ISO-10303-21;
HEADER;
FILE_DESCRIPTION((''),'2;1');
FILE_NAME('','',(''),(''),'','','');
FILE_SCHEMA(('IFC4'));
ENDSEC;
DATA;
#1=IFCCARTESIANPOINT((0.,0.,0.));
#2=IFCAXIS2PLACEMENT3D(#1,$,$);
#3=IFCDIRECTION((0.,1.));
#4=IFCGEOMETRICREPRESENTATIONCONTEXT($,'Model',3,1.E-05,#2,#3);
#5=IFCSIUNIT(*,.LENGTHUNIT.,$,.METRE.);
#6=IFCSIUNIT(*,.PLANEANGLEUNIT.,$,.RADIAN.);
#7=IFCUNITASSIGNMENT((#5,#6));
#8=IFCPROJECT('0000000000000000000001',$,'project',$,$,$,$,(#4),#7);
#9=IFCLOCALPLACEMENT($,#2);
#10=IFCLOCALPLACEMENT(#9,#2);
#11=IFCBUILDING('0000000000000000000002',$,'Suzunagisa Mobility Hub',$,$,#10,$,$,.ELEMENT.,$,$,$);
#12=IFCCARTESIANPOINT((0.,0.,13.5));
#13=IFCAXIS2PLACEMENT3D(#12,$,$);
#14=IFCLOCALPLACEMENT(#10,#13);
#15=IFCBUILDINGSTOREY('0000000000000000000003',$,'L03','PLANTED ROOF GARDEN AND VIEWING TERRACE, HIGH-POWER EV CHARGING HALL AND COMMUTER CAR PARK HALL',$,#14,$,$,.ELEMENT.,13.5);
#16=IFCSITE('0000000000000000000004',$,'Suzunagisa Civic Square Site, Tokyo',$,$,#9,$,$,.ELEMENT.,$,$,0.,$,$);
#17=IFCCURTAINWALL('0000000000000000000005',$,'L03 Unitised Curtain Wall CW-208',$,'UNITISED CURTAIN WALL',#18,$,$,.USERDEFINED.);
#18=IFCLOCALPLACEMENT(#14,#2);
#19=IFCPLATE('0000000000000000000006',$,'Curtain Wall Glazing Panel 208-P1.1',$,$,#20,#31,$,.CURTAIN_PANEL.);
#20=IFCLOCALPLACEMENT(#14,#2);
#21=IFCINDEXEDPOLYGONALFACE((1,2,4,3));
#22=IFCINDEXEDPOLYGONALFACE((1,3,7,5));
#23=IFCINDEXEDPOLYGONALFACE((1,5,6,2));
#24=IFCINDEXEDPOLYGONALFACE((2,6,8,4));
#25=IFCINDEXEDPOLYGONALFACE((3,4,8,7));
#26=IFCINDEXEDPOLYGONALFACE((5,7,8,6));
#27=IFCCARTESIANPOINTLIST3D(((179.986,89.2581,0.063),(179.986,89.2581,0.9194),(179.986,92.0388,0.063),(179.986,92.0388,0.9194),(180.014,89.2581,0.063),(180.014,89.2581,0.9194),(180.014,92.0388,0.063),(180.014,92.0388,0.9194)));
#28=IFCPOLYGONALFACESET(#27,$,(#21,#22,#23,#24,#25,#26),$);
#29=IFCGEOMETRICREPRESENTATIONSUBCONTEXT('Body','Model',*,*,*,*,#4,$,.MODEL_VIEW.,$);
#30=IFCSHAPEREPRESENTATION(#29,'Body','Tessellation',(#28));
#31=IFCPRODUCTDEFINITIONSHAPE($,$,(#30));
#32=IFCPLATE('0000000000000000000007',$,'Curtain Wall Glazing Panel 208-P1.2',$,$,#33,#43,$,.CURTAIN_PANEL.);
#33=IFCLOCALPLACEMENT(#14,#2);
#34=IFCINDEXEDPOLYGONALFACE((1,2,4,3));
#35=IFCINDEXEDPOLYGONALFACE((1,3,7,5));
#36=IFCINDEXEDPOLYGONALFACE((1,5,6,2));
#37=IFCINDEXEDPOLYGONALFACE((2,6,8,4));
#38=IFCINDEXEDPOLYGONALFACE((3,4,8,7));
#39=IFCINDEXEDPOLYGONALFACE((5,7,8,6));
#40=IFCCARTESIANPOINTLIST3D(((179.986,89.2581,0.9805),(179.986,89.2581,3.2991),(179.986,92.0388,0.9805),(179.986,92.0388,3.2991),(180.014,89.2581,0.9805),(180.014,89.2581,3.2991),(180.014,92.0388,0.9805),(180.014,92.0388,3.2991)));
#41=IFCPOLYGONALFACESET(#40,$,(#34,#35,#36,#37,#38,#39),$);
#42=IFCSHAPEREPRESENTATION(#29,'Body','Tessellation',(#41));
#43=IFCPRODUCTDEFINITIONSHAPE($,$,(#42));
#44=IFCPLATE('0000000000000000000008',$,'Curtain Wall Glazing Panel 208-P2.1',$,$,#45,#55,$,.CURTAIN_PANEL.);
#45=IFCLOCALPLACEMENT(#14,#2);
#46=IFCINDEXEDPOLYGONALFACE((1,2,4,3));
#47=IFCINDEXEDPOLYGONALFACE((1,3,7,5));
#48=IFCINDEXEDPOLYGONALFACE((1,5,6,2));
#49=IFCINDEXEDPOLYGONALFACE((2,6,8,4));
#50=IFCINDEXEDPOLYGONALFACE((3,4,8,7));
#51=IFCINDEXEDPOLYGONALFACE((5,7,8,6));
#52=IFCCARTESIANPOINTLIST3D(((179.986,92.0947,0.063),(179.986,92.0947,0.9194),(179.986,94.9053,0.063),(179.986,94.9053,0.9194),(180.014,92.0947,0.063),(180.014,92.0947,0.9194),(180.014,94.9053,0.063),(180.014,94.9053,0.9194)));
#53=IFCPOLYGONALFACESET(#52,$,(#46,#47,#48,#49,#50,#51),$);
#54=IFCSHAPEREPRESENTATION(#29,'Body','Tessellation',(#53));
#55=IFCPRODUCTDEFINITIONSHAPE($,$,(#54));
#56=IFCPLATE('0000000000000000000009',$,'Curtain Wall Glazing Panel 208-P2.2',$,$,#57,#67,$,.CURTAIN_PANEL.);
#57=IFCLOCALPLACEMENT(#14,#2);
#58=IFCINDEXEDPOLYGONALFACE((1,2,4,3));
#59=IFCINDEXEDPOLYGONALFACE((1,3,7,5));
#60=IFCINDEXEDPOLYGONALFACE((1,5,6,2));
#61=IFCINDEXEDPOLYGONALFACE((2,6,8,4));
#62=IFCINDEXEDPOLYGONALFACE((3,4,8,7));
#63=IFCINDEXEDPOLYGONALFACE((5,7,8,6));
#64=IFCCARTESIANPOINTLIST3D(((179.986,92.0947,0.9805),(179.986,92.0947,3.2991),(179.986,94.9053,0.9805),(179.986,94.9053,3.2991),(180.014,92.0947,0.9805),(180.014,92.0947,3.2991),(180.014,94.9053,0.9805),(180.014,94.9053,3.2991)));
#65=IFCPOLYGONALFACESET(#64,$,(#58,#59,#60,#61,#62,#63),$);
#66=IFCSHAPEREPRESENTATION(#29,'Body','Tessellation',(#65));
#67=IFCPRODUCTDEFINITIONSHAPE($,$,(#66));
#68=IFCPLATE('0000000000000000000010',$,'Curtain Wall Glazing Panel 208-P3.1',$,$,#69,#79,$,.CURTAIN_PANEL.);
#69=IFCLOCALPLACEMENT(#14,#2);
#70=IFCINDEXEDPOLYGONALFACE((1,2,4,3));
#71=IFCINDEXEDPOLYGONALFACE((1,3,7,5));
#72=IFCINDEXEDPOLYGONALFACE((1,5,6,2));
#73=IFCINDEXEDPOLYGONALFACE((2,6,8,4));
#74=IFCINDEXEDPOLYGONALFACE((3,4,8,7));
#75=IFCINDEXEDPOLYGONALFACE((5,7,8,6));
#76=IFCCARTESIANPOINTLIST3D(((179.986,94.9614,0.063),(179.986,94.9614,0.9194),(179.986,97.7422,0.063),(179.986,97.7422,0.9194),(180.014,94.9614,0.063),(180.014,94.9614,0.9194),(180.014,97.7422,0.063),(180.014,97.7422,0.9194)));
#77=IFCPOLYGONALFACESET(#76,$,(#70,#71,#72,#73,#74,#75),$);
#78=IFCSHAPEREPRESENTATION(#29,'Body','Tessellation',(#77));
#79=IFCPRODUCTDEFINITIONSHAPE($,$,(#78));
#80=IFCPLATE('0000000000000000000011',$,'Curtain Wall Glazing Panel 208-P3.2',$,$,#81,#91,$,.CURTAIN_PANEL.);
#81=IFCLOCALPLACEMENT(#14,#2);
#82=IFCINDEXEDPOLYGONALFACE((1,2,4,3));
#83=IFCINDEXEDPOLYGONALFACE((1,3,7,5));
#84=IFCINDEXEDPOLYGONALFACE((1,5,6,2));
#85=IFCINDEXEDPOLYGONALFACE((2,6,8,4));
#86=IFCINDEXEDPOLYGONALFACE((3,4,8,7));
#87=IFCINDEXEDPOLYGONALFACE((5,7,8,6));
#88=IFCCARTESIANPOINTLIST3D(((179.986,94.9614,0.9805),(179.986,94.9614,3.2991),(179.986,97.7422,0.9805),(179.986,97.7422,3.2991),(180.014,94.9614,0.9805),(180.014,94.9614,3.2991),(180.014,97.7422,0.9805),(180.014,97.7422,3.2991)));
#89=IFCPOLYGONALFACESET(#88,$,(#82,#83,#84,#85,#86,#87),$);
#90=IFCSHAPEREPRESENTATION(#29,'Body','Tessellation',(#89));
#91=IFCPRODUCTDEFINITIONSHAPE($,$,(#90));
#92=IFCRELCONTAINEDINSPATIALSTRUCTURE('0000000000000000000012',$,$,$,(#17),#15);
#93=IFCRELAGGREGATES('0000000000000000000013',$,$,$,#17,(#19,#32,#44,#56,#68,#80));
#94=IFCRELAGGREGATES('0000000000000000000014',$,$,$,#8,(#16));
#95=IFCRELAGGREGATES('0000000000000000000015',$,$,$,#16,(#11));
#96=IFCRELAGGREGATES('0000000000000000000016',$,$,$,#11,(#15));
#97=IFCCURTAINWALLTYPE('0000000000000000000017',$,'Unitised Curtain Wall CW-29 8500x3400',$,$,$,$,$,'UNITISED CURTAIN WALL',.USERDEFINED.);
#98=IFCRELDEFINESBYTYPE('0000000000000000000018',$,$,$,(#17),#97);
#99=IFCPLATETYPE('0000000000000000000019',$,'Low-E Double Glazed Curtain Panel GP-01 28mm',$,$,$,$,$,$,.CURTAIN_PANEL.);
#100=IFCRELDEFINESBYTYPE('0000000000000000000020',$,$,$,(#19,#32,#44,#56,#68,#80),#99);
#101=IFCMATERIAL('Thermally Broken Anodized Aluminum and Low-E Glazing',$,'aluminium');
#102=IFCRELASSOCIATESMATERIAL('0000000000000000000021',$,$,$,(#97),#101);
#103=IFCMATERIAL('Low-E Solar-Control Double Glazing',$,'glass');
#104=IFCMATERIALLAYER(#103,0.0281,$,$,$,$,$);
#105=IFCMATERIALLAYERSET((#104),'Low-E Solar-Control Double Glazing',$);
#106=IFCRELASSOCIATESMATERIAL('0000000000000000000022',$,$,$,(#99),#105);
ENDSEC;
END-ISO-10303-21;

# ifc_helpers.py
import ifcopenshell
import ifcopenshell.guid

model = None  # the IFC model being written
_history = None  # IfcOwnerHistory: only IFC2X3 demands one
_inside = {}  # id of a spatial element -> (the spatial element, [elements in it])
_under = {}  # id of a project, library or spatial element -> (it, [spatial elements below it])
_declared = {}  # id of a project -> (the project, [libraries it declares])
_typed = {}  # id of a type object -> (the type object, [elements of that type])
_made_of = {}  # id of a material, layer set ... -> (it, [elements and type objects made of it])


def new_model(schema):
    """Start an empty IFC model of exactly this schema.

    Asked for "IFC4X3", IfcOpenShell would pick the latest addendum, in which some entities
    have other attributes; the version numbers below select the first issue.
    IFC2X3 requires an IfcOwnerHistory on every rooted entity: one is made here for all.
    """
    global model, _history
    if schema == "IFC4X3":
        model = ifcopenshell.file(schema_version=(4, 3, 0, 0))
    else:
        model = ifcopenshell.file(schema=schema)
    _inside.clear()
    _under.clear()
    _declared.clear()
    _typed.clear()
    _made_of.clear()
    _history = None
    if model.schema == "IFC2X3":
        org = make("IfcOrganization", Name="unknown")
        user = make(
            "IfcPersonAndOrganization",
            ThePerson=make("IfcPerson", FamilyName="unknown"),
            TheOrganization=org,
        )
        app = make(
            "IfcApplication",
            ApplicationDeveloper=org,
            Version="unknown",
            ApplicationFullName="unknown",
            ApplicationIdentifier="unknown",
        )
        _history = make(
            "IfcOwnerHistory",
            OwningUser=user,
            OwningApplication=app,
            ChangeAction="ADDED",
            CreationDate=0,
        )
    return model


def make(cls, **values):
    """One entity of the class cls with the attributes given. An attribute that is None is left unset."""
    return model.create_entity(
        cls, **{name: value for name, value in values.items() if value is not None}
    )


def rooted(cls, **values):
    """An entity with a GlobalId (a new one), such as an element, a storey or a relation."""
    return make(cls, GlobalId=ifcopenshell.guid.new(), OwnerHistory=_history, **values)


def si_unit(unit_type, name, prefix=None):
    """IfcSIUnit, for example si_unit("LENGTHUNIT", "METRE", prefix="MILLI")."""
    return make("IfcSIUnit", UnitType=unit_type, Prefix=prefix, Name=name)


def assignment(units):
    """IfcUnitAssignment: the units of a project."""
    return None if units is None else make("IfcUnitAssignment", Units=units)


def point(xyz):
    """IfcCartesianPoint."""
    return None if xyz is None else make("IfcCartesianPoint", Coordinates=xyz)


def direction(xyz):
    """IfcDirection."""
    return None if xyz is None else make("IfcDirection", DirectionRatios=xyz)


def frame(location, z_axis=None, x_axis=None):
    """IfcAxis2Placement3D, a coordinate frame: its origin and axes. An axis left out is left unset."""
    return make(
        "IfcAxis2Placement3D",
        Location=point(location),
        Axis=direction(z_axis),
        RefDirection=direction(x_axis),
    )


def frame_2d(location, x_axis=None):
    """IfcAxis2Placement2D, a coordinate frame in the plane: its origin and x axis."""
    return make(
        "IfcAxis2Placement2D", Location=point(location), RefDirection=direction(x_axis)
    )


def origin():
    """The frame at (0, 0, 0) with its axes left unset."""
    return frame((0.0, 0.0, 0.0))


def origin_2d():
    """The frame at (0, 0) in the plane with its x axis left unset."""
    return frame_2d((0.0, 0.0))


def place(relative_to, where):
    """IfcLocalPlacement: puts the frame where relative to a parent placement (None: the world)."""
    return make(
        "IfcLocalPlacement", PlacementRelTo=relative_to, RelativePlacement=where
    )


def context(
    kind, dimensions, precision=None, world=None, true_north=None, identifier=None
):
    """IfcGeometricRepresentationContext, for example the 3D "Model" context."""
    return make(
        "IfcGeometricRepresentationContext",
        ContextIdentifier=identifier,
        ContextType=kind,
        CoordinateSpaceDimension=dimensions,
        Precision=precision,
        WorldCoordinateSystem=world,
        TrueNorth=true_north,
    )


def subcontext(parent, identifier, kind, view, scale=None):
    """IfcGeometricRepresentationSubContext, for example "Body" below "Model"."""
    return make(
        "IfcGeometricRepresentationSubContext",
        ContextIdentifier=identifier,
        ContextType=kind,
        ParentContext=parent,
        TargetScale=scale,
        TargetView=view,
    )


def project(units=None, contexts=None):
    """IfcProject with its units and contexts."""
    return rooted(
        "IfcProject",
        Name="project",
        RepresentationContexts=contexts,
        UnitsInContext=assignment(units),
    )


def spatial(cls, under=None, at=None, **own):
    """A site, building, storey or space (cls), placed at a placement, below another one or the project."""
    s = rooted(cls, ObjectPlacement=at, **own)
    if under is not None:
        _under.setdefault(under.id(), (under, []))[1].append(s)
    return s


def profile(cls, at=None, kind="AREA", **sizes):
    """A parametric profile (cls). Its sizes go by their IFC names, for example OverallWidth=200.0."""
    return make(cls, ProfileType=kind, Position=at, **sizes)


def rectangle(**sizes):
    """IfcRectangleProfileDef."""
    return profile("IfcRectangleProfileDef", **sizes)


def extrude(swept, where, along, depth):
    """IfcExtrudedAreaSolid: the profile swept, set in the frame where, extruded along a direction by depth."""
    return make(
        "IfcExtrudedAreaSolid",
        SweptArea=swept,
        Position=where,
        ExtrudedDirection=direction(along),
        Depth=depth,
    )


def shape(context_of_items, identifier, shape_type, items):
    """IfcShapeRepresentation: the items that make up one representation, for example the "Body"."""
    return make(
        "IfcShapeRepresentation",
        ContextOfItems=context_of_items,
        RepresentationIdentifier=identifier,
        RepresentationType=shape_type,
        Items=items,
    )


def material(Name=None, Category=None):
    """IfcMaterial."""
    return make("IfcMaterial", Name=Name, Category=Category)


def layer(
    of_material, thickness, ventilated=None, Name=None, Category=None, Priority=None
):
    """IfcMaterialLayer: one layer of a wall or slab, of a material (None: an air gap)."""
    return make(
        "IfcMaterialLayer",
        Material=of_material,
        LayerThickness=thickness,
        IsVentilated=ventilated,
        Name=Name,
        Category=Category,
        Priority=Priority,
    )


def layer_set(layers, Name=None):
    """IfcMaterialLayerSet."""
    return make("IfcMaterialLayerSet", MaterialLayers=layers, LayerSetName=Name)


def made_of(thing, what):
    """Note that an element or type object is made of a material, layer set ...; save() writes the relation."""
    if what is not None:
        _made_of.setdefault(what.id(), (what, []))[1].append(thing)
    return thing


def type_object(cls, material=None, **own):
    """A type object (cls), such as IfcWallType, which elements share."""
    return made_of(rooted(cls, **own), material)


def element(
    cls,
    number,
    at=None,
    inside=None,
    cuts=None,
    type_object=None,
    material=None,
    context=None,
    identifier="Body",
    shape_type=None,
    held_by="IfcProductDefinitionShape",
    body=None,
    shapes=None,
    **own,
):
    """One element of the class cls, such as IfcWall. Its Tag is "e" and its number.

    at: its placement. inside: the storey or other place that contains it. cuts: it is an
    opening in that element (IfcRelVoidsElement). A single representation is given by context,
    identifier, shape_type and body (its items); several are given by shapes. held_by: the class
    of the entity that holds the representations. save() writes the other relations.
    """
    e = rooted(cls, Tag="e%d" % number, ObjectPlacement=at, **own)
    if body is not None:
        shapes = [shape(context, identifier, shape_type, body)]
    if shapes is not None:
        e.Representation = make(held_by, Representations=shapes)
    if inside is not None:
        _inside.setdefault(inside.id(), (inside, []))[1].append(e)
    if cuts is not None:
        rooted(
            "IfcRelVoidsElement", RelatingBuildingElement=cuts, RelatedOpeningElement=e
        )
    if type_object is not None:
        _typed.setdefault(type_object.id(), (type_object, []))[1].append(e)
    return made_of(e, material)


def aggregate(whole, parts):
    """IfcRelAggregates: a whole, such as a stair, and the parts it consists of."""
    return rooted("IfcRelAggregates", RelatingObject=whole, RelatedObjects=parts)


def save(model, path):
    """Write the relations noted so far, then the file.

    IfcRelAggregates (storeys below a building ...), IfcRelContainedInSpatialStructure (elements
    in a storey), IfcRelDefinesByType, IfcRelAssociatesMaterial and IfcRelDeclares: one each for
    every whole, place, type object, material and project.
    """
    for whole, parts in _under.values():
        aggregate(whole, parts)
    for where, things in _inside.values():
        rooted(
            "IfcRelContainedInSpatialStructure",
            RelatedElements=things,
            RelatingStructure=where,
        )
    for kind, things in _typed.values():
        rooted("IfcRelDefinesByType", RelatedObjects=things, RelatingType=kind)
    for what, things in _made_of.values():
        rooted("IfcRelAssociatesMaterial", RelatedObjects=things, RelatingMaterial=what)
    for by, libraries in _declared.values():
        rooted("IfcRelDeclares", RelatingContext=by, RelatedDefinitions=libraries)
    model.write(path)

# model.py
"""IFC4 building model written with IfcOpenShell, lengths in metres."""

from ifc_helpers import new_model, si_unit, direction, frame, origin, origin_2d, place, context, subcontext, project, spatial, rectangle, extrude, material, layer, layer_set, type_object, element, aggregate, save


model = new_model("IFC4")

# Units and contexts
model_context = context("Model", 3, precision=1e-05, world=origin(), true_north=direction((0.0, 1.0)))
body_context = subcontext(model_context, "Body", "Model", "MODEL_VIEW")
ifc_project = project(units=[si_unit("LENGTHUNIT", "METRE"), si_unit("PLANEANGLEUNIT", "RADIAN")], contexts=[model_context])

# Site, building, storey
site_placement = place(None, origin())
site = spatial("IfcSite", under=ifc_project, at=site_placement, Name="Suzunagisa Civic Square Site, Tokyo", CompositionType="ELEMENT", RefElevation=0.0)
building_placement = place(site_placement, origin())
building = spatial("IfcBuilding", under=site, at=building_placement, Name="Suzunagisa Mobility Hub", CompositionType="ELEMENT")
storey_placement = place(building_placement, frame((0.0, 0.0, 13.5)))
storey = spatial("IfcBuildingStorey", under=building, at=storey_placement, Name="L03", Description="PLANTED ROOF GARDEN AND VIEWING TERRACE, HIGH-POWER EV CHARGING HALL AND COMMUTER CAR PARK HALL", CompositionType="ELEMENT", Elevation=13.5)

# Curtain wall
ifc_material_1 = material(Name="Thermally Broken Anodized Aluminum and Low-E Glazing", Category="aluminium")
curtain_wall_type = type_object("IfcCurtainWallType", Name="Unitised Curtain Wall CW-29 8500x3400", ElementType="UNITISED CURTAIN WALL", PredefinedType="USERDEFINED", material=ifc_material_1)
curtain_wall_placement = place(storey_placement, origin())
curtain_wall = element("IfcCurtainWall", 1, at=curtain_wall_placement, inside=storey, type_object=curtain_wall_type, Name="L03 Unitised Curtain Wall CW-208", ObjectType="UNITISED CURTAIN WALL", PredefinedType="USERDEFINED")

# Plates
ifc_material_2 = material(Name="Low-E Solar-Control Double Glazing", Category="glass")
ifc_layer = layer(ifc_material_2, 0.0281)
ifc_layer_set = layer_set([ifc_layer], Name="Low-E Solar-Control Double Glazing")
plate_type = type_object("IfcPlateType", Name="Low-E Double Glazed Curtain Panel GP-01 28mm", PredefinedType="CURTAIN_PANEL", material=ifc_layer_set)
plate_1_placement = place(storey_placement, frame((180.0, 90.6484, 0.063), z_axis=(0.0, 0.0, 1.0), x_axis=(0.0, 1.0, 0.0)))
plate_1 = element("IfcPlate", 2, at=plate_1_placement, type_object=plate_type, Name="Curtain Wall Glazing Panel 208-P1.1", PredefinedType="CURTAIN_PANEL", context=body_context, shape_type="SweptSolid", body=[
    extrude(rectangle(XDim=2.7808, YDim=0.0281, at=origin_2d()), origin(), (0.0, 0.0, 1.0), 0.8564),
])
plate_2_placement = place(storey_placement, frame((180.0, 90.6484, 0.9805), z_axis=(0.0, 0.0, 1.0), x_axis=(0.0, 1.0, 0.0)))
plate_2 = element("IfcPlate", 3, at=plate_2_placement, type_object=plate_type, Name="Curtain Wall Glazing Panel 208-P1.2", PredefinedType="CURTAIN_PANEL", context=body_context, shape_type="SweptSolid", body=[
    extrude(rectangle(XDim=2.7808, YDim=0.0281, at=origin_2d()), origin(), (0.0, 0.0, 1.0), 2.3186),
])
plate_3_placement = place(storey_placement, frame((180.0, 93.5, 0.063), z_axis=(0.0, 0.0, 1.0), x_axis=(0.0, 1.0, 0.0)))
plate_3 = element("IfcPlate", 4, at=plate_3_placement, type_object=plate_type, Name="Curtain Wall Glazing Panel 208-P2.1", PredefinedType="CURTAIN_PANEL", context=body_context, shape_type="SweptSolid", body=[
    extrude(rectangle(XDim=2.8105, YDim=0.0281, at=origin_2d()), origin(), (0.0, 0.0, 1.0), 0.8564),
])
plate_4_placement = place(storey_placement, frame((180.0, 93.5, 0.9805), z_axis=(0.0, 0.0, 1.0), x_axis=(0.0, 1.0, 0.0)))
plate_4 = element("IfcPlate", 5, at=plate_4_placement, type_object=plate_type, Name="Curtain Wall Glazing Panel 208-P2.2", PredefinedType="CURTAIN_PANEL", context=body_context, shape_type="SweptSolid", body=[
    extrude(rectangle(XDim=2.8105, YDim=0.0281, at=origin_2d()), origin(), (0.0, 0.0, 1.0), 2.3186),
])
plate_5_placement = place(storey_placement, frame((180.0, 96.3518, 0.063), z_axis=(0.0, 0.0, 1.0), x_axis=(0.0, 1.0, 0.0)))
plate_5 = element("IfcPlate", 6, at=plate_5_placement, type_object=plate_type, Name="Curtain Wall Glazing Panel 208-P3.1", PredefinedType="CURTAIN_PANEL", context=body_context, shape_type="SweptSolid", body=[
    extrude(rectangle(XDim=2.7808, YDim=0.0281, at=origin_2d()), origin(), (0.0, 0.0, 1.0), 0.8564),
])
plate_6_placement = place(storey_placement, frame((180.0, 96.3518, 0.9805), z_axis=(0.0, 0.0, 1.0), x_axis=(0.0, 1.0, 0.0)))
plate_6 = element("IfcPlate", 7, at=plate_6_placement, type_object=plate_type, Name="Curtain Wall Glazing Panel 208-P3.2", PredefinedType="CURTAIN_PANEL", context=body_context, shape_type="SweptSolid", body=[
    extrude(rectangle(XDim=2.7808, YDim=0.0281, at=origin_2d()), origin(), (0.0, 0.0, 1.0), 2.3186),
])
aggregate(curtain_wall, [plate_1, plate_2, plate_3, plate_4, plate_5, plate_6])

save(model, "model.ifc")
